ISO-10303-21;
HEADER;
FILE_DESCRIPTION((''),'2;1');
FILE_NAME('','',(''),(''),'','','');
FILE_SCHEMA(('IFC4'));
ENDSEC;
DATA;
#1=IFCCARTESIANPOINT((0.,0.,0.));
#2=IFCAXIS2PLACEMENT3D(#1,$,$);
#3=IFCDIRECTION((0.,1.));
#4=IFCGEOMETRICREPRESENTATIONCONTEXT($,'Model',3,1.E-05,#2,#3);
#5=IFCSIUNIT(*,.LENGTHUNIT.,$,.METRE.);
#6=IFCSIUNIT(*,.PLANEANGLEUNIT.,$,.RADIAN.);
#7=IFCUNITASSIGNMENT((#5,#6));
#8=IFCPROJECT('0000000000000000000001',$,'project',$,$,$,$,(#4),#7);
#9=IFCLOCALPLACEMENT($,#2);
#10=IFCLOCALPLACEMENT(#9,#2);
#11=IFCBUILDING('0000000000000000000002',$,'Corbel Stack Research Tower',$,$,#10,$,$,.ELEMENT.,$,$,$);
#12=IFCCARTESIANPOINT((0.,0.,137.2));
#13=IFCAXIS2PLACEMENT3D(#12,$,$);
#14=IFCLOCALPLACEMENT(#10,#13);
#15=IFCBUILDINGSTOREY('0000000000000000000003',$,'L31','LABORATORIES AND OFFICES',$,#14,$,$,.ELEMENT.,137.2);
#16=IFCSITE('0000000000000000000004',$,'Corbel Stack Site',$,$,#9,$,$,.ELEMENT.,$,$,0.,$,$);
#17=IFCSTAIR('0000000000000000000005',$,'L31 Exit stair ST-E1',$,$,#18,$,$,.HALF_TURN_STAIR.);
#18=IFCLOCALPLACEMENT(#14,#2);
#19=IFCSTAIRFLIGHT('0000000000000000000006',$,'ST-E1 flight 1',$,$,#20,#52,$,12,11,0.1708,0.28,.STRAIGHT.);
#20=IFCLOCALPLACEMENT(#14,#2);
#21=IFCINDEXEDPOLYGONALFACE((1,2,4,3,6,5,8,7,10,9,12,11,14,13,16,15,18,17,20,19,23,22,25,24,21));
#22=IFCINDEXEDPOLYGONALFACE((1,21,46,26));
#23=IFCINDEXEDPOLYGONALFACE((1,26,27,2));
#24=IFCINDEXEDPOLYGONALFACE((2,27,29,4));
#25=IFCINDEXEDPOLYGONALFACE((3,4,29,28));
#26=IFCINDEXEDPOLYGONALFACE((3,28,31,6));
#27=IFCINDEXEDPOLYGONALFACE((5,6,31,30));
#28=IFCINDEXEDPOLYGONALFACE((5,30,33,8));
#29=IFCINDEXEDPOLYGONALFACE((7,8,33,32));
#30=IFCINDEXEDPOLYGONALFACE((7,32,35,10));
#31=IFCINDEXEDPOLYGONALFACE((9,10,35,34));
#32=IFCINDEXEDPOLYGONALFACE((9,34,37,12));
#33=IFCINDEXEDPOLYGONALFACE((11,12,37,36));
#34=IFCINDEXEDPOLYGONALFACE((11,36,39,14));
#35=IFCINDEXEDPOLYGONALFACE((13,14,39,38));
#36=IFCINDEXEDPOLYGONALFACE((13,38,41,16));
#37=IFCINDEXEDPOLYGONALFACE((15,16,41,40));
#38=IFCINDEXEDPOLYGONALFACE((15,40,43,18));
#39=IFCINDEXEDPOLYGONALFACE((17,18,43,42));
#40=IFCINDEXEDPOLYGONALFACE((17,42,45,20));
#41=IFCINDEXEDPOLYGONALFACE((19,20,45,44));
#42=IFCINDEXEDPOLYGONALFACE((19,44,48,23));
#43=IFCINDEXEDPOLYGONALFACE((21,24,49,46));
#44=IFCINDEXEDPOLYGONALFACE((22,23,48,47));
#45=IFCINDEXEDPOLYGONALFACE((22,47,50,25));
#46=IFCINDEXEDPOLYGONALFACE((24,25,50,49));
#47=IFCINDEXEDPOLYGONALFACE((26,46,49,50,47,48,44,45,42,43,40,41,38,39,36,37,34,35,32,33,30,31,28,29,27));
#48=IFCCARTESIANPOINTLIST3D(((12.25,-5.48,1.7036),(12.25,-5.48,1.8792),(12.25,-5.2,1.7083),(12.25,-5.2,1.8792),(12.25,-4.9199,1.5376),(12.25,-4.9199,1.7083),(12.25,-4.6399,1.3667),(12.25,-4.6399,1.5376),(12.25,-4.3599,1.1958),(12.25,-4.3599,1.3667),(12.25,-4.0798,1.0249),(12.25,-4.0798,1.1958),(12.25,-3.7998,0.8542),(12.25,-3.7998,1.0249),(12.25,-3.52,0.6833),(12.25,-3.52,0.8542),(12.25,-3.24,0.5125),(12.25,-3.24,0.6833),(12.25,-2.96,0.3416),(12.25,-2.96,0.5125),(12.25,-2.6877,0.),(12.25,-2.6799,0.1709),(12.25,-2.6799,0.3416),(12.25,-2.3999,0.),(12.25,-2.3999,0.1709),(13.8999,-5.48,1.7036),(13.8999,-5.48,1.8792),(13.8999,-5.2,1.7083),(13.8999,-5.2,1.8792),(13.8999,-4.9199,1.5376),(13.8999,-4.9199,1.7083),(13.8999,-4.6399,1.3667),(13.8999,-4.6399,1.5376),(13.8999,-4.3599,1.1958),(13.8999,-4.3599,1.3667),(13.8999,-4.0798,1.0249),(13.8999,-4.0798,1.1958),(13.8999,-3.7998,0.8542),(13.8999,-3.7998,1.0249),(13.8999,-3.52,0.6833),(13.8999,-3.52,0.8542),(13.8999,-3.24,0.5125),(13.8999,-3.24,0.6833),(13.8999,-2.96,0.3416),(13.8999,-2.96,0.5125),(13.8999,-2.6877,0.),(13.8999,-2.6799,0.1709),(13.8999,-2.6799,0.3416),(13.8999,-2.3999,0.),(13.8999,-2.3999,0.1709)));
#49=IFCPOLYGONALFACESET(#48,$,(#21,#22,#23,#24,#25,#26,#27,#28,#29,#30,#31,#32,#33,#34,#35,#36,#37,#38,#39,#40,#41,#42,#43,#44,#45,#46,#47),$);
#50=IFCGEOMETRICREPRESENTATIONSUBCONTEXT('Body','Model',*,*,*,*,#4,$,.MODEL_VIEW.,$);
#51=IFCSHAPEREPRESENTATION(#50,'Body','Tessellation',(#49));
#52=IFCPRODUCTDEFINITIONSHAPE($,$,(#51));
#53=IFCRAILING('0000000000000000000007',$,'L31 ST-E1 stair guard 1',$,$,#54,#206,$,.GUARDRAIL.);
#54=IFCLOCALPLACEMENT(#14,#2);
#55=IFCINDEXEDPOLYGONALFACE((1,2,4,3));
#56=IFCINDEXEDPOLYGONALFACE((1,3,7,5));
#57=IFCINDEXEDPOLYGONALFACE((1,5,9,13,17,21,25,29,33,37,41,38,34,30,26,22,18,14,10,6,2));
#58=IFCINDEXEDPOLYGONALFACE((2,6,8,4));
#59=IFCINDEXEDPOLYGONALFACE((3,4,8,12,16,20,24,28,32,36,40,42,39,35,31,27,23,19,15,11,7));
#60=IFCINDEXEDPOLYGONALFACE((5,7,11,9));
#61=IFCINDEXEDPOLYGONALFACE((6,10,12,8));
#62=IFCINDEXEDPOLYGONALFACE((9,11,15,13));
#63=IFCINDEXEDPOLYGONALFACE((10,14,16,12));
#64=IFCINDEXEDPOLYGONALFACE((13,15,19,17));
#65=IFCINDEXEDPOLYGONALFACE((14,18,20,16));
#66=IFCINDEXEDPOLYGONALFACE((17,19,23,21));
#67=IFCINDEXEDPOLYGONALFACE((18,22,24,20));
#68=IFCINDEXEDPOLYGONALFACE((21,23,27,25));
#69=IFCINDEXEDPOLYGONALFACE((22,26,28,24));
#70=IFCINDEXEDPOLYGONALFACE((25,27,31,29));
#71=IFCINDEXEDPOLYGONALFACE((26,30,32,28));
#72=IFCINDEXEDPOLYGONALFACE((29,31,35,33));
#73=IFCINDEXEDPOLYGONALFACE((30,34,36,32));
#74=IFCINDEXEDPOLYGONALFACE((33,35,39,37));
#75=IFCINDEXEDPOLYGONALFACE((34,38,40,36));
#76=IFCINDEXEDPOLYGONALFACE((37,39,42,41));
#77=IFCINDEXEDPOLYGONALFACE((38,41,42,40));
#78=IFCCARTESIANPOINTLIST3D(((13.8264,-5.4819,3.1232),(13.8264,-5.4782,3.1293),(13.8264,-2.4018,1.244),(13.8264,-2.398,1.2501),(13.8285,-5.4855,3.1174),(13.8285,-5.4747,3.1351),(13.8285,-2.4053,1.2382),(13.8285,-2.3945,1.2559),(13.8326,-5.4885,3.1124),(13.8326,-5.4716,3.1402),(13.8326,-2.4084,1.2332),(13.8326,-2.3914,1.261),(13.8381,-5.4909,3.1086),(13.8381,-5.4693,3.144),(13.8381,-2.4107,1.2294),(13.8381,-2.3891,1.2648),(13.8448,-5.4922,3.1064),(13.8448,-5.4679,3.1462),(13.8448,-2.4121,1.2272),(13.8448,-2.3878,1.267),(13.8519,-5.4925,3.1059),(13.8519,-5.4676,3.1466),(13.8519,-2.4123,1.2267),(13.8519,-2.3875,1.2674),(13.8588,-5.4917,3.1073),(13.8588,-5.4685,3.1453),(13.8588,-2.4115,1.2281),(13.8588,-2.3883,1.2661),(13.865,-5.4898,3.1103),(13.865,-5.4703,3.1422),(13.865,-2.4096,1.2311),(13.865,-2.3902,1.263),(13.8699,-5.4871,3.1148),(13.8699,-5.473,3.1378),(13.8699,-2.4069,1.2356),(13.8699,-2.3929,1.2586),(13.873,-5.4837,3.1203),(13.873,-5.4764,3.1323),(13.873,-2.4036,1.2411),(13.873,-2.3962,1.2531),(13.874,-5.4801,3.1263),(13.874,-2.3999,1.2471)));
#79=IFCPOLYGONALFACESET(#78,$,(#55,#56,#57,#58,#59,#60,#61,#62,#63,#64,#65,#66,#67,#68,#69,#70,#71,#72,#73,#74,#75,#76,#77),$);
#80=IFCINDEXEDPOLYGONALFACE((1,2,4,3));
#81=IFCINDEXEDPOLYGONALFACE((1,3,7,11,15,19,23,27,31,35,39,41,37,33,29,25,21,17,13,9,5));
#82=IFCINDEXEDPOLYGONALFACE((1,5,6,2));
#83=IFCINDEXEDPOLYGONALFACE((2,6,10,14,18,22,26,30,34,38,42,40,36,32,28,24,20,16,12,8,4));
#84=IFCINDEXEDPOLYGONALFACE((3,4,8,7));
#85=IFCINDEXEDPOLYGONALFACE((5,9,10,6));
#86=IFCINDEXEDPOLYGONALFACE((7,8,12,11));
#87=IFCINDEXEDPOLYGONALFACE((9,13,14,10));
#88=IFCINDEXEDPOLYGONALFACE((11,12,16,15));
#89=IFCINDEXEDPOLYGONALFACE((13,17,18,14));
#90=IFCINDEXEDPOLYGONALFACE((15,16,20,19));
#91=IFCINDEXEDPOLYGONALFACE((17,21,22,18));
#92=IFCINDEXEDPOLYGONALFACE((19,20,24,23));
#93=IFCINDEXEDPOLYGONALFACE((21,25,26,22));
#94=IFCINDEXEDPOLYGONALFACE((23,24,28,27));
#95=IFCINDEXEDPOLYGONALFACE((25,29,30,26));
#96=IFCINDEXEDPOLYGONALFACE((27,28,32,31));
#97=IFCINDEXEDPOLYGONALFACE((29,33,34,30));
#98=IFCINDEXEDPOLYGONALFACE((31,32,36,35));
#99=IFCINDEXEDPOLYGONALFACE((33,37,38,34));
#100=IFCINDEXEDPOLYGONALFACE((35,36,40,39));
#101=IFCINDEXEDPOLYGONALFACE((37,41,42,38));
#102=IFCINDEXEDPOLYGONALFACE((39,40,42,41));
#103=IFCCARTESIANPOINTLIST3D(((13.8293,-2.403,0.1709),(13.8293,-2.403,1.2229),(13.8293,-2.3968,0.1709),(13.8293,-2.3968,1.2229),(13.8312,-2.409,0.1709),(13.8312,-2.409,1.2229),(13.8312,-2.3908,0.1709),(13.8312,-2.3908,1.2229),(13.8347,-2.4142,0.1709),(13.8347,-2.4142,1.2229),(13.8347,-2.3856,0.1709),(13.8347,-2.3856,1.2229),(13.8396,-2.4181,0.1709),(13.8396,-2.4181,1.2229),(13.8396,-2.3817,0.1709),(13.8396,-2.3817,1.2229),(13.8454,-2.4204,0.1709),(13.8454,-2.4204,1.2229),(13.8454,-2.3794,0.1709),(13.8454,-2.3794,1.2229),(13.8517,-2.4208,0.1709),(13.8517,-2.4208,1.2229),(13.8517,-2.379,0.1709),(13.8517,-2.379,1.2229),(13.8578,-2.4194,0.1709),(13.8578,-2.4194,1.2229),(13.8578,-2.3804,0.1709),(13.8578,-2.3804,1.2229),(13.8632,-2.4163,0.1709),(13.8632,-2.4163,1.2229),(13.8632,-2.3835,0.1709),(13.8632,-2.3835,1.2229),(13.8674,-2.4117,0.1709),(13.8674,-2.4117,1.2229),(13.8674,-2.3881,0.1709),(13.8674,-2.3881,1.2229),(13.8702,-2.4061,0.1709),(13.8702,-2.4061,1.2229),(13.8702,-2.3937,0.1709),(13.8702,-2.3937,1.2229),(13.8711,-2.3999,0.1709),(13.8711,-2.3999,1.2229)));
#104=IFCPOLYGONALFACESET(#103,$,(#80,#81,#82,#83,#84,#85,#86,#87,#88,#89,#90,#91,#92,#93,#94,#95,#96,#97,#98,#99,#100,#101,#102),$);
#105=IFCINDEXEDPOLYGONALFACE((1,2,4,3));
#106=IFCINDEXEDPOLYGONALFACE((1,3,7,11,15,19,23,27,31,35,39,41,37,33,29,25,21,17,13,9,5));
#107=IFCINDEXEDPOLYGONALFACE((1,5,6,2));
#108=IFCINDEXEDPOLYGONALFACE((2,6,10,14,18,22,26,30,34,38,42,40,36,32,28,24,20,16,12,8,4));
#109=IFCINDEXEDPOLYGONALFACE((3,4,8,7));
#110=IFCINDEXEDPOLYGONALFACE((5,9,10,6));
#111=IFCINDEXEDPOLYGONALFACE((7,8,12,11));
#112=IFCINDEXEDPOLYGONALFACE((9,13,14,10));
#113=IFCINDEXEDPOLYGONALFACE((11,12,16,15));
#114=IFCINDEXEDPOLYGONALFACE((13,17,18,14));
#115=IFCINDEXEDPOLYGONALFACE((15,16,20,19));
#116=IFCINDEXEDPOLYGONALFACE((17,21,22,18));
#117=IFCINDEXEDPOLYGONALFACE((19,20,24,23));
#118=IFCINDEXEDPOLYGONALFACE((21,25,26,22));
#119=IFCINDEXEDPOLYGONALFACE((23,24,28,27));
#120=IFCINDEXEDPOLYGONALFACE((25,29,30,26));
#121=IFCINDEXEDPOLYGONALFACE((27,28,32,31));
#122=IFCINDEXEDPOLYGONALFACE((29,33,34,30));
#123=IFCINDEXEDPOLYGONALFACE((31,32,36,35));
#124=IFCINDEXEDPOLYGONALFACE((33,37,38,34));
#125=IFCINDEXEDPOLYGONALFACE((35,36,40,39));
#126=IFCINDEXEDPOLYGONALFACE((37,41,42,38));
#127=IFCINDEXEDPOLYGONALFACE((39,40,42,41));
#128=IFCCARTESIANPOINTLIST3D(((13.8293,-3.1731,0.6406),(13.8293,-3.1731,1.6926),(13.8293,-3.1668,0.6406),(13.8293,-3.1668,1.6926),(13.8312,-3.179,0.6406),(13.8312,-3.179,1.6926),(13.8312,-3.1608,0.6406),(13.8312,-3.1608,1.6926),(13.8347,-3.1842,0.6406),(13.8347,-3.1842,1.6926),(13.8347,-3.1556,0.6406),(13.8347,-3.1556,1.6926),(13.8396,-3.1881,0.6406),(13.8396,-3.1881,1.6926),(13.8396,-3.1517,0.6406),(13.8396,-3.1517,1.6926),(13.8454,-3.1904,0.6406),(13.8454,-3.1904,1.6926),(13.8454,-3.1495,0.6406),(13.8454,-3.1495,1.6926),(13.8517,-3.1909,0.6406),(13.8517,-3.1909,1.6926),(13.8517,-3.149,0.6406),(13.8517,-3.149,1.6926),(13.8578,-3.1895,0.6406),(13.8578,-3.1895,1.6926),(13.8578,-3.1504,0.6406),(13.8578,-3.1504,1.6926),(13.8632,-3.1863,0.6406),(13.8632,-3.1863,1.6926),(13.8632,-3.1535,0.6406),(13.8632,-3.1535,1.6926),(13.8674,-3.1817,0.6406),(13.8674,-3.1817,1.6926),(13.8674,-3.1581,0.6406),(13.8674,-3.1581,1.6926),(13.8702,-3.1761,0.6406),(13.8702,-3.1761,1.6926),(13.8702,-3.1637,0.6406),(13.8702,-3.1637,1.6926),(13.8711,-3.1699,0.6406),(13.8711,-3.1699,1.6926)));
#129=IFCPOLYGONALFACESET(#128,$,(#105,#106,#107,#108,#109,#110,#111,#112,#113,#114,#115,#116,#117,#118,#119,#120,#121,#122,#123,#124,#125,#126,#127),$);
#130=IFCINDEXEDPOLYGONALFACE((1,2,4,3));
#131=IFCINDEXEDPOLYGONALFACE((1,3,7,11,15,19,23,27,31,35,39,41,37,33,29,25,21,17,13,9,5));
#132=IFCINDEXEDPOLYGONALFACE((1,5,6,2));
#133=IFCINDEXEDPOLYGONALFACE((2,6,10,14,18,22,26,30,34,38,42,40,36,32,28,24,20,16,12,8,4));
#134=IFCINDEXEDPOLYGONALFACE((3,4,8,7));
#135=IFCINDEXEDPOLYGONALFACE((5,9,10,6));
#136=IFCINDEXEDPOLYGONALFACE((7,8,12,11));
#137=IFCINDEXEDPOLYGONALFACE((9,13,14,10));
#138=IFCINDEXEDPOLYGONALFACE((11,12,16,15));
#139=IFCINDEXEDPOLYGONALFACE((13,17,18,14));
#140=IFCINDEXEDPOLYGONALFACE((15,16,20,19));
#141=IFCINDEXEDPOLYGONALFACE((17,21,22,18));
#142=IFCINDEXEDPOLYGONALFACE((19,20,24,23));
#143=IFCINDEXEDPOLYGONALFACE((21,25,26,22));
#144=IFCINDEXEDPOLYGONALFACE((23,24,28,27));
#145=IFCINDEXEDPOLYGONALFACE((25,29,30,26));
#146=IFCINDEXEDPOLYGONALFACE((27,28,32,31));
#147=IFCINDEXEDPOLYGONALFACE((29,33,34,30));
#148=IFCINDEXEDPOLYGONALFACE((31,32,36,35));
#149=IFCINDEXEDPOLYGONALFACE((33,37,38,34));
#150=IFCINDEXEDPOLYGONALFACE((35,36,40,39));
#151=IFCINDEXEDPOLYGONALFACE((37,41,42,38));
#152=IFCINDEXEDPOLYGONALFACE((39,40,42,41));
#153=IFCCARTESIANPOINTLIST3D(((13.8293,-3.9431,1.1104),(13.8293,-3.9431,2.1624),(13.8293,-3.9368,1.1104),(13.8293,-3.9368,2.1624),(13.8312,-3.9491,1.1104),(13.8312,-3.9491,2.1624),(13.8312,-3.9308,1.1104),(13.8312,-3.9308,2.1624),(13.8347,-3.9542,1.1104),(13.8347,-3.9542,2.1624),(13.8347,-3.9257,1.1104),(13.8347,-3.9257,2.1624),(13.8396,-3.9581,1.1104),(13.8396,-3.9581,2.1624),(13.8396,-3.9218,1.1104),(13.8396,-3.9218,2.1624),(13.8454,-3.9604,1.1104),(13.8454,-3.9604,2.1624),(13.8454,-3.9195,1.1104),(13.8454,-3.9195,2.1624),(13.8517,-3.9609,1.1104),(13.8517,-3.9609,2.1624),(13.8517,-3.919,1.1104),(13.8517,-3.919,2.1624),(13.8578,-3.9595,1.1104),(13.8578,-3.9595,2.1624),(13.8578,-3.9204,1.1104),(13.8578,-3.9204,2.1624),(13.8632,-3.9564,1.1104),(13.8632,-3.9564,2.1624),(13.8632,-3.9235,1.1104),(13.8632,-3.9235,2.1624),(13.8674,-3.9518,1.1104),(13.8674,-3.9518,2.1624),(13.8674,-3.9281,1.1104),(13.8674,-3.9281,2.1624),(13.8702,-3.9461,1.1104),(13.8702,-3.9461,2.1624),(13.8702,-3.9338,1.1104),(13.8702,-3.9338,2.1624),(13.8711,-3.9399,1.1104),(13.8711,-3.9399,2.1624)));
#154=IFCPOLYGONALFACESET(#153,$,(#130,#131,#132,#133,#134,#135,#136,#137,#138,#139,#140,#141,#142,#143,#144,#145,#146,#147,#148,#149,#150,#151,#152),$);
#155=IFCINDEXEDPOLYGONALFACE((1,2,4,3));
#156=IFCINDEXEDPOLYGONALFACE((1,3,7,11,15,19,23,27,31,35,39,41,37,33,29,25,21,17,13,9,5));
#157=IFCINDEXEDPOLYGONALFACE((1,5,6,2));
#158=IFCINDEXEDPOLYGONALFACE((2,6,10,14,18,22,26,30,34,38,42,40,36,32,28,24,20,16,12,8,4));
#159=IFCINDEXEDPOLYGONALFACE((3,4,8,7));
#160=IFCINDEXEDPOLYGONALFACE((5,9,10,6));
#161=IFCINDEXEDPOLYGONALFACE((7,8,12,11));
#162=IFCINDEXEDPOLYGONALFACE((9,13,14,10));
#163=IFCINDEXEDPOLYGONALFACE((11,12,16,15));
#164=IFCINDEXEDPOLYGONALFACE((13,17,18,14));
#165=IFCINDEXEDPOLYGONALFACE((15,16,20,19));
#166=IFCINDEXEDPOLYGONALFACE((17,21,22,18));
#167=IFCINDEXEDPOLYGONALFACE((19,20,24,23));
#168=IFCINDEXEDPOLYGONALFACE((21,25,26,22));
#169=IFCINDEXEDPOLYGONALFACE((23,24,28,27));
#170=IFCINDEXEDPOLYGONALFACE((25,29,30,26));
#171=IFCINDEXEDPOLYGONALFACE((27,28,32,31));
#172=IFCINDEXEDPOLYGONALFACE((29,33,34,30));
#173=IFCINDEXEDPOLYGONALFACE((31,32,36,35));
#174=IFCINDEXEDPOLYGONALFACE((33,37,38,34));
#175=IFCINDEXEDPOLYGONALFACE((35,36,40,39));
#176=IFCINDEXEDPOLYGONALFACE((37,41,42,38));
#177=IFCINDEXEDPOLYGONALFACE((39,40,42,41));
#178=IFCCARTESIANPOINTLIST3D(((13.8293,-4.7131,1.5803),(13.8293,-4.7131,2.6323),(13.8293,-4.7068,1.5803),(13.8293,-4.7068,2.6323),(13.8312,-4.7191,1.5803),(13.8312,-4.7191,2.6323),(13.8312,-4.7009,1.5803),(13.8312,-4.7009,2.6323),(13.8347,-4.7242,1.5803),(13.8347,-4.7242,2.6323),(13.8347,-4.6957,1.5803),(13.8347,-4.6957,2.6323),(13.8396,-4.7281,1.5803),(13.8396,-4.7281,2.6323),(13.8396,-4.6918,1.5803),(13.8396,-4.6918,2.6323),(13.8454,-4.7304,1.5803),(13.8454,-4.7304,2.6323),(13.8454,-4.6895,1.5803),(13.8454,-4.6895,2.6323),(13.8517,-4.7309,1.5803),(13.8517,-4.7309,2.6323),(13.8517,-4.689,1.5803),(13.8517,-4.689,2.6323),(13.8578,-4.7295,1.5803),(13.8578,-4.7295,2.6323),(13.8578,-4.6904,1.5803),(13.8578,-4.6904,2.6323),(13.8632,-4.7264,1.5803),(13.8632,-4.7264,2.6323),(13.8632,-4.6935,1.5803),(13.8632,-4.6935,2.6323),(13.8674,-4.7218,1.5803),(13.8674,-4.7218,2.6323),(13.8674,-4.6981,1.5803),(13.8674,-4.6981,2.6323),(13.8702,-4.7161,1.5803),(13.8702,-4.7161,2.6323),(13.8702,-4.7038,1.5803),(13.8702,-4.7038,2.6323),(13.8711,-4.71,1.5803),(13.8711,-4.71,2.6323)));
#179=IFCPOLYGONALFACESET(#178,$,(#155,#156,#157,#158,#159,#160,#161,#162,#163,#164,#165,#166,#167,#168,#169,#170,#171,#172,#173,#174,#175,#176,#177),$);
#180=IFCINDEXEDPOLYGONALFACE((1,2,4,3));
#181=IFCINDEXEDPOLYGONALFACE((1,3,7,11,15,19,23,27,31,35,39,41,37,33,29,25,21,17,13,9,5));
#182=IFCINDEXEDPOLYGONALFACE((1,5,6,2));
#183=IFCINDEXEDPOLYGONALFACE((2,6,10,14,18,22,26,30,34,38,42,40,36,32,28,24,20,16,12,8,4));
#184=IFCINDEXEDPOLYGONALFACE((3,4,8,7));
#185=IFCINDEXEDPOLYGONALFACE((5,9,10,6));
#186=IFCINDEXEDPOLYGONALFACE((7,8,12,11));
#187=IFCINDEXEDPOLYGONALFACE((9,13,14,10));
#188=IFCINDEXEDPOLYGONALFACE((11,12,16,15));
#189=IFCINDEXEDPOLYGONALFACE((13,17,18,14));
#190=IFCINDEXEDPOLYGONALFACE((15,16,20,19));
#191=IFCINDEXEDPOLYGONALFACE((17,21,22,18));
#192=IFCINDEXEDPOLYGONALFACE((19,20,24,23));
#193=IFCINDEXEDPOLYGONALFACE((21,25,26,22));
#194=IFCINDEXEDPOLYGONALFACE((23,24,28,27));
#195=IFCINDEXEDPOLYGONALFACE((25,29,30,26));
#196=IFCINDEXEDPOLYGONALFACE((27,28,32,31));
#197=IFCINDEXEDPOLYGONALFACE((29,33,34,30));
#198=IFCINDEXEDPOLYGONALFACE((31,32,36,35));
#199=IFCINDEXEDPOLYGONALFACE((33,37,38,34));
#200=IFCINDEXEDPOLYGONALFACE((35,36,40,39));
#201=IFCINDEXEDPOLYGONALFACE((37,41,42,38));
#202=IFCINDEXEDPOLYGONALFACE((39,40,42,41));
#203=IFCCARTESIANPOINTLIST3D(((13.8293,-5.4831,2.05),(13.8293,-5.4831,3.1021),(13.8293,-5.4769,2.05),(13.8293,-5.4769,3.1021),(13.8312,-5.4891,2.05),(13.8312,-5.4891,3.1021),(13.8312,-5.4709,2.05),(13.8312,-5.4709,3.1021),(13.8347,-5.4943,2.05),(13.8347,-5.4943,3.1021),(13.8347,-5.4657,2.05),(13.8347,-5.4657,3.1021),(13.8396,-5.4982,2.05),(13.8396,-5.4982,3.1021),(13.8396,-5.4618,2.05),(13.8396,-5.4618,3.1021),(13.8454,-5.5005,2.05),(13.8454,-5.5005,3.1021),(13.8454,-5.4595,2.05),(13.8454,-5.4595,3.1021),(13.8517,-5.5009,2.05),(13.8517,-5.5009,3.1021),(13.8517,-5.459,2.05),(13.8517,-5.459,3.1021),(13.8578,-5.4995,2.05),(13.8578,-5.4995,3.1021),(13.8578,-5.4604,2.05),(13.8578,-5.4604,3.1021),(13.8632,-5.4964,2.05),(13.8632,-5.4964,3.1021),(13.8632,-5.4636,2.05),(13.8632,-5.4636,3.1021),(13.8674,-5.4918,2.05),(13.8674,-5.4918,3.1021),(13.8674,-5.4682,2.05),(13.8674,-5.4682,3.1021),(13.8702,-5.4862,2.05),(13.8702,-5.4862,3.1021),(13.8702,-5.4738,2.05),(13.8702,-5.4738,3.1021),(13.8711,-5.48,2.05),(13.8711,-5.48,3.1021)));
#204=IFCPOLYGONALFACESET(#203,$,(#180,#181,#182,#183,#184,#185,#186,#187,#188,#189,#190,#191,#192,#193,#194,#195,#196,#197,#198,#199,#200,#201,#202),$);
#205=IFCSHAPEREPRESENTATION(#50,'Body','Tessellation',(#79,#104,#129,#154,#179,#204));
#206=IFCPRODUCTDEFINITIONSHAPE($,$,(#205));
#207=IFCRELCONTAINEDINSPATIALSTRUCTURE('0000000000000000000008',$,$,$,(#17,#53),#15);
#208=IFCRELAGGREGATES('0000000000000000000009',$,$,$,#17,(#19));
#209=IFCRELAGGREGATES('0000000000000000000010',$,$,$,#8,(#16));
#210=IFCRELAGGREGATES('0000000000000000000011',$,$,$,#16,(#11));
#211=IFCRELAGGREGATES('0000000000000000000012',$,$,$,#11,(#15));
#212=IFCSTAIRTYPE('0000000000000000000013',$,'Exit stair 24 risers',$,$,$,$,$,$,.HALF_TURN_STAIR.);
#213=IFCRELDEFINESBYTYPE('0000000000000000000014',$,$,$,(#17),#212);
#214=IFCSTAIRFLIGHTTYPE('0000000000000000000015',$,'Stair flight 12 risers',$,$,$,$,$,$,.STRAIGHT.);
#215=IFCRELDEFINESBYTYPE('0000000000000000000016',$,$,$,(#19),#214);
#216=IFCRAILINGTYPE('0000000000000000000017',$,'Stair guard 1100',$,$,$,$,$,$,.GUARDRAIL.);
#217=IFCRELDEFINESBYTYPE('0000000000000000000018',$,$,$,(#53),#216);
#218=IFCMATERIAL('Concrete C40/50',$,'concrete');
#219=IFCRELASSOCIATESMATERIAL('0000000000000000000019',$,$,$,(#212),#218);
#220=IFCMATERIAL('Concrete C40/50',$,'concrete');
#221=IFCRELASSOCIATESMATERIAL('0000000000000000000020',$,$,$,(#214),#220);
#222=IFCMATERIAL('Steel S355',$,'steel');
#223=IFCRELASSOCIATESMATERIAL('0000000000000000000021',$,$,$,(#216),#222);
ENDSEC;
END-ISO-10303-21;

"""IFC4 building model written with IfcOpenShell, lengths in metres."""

from ifc_helpers import new_model, si_unit, direction, frame, origin, origin_2d, place, context, subcontext, project, spatial, polyline, circle, outline, extrude, material, type_object, element, aggregate, save


model = new_model("IFC4")

# Units and contexts
model_context = context("Model", 3, precision=1e-05, world=origin(), true_north=direction((0.0, 1.0)))
body_context = subcontext(model_context, "Body", "Model", "MODEL_VIEW")
ifc_project = project(units=[si_unit("LENGTHUNIT", "METRE"), si_unit("PLANEANGLEUNIT", "RADIAN")], contexts=[model_context])

# Site, building, storey
site_placement = place(None, origin())
site = spatial("IfcSite", under=ifc_project, at=site_placement, Name="Corbel Stack Site", CompositionType="ELEMENT", RefElevation=0.0)
building_placement = place(site_placement, origin())
building = spatial("IfcBuilding", under=site, at=building_placement, Name="Corbel Stack Research Tower", CompositionType="ELEMENT")
storey_placement = place(building_placement, frame((0.0, 0.0, 137.2)))
storey = spatial("IfcBuildingStorey", under=building, at=storey_placement, Name="L31", Description="LABORATORIES AND OFFICES", CompositionType="ELEMENT", Elevation=137.2)

# Stair
ifc_material_1 = material(Name="Concrete C40/50", Category="concrete")
stair_type = type_object("IfcStairType", Name="Exit stair 24 risers", PredefinedType="HALF_TURN_STAIR", material=ifc_material_1)
stair_1_placement = place(storey_placement, origin())
stair_1 = element("IfcStair", 1, at=stair_1_placement, inside=storey, type_object=stair_type, Name="L31 Exit stair ST-E1", PredefinedType="HALF_TURN_STAIR")

# Stair flight
ifc_material_2 = material(Name="Concrete C40/50", Category="concrete")
stair_flight_type = type_object("IfcStairFlightType", Name="Stair flight 12 risers", PredefinedType="STRAIGHT", material=ifc_material_2)
stair_flight_placement = place(storey_placement, frame((13.075, -2.3999, 0.0), z_axis=(0.0, 0.0, 1.0), x_axis=(0.0, -1.0, 0.0)))
stair_flight = element("IfcStairFlight", 2, at=stair_flight_placement, type_object=stair_flight_type, Name="ST-E1 flight 1", NumberOfRisers=12, NumberOfTreads=11, PredefinedType="STRAIGHT", RiserHeight=0.1708, TreadLength=0.28, context=body_context, shape_type="SweptSolid", body=[
    extrude(outline(polyline([(0.0, 0.0), (0.0, 0.1709), (0.28, 0.1709), (0.28, 0.3416), (0.5601, 0.3416), (0.5601, 0.5125), (0.8401, 0.5125), (0.8401, 0.6833), (1.1201, 0.6833), (1.1201, 0.8542), (1.3999, 0.8542), (1.3999, 1.0249), (1.6799, 1.0249), (1.6799, 1.1958), (1.96, 1.1958), (1.96, 1.3667), (2.24, 1.3667), (2.24, 1.5376), (2.52, 1.5376), (2.52, 1.7083), (2.8, 1.7083), (2.8, 1.8792), (3.0801, 1.8792), (3.0801, 2.05), (3.0801, 1.7036), (0.2878, 0.0), (0.0, 0.0)])), frame((0.0, 0.825, 0.0), z_axis=(0.0, -1.0, 0.0), x_axis=(1.0, 0.0, 0.0)), (0.0, 0.0, 1.0), 1.6499),
])
aggregate(stair_1, [stair_flight])

# Railing
ifc_material_3 = material(Name="Steel S355", Category="steel")
railing_type_1 = type_object("IfcRailingType", Name="Stair guard 1100", PredefinedType="GUARDRAIL", material=ifc_material_3)
railing_1_placement = place(storey_placement, frame((13.8501, -2.3999, 0.1709)))
element("IfcRailing", 3, at=railing_1_placement, inside=storey, type_object=railing_type_1, Name="L31 ST-E1 stair guard 1", PredefinedType="GUARDRAIL", context=body_context, shape_type="SweptSolid", body=[
    extrude(circle(Radius=0.0239, at=origin_2d()), frame((0.0, 0.0, 1.0762), z_axis=(0.0, -0.853666, 0.52082), x_axis=(1.0, 0.0, 0.0)), (0.0, 0.0, 1.0), 3.6082),
    extrude(circle(Radius=0.021, at=origin_2d()), origin(), (0.0, 0.0, 1.0), 1.052),
    extrude(circle(Radius=0.021, at=origin_2d()), frame((0.0, -0.77, 0.4697)), (0.0, 0.0, 1.0), 1.052),
    extrude(circle(Radius=0.021, at=origin_2d()), frame((0.0, -1.54, 0.9395)), (0.0, 0.0, 1.0), 1.052),
    extrude(circle(Radius=0.021, at=origin_2d()), frame((0.0, -2.3101, 1.4094)), (0.0, 0.0, 1.0), 1.052),
    extrude(circle(Radius=0.021, at=origin_2d()), frame((0.0, -3.0801, 1.8792)), (0.0, 0.0, 1.0), 1.052),
])

save(model, "model.ifc")
